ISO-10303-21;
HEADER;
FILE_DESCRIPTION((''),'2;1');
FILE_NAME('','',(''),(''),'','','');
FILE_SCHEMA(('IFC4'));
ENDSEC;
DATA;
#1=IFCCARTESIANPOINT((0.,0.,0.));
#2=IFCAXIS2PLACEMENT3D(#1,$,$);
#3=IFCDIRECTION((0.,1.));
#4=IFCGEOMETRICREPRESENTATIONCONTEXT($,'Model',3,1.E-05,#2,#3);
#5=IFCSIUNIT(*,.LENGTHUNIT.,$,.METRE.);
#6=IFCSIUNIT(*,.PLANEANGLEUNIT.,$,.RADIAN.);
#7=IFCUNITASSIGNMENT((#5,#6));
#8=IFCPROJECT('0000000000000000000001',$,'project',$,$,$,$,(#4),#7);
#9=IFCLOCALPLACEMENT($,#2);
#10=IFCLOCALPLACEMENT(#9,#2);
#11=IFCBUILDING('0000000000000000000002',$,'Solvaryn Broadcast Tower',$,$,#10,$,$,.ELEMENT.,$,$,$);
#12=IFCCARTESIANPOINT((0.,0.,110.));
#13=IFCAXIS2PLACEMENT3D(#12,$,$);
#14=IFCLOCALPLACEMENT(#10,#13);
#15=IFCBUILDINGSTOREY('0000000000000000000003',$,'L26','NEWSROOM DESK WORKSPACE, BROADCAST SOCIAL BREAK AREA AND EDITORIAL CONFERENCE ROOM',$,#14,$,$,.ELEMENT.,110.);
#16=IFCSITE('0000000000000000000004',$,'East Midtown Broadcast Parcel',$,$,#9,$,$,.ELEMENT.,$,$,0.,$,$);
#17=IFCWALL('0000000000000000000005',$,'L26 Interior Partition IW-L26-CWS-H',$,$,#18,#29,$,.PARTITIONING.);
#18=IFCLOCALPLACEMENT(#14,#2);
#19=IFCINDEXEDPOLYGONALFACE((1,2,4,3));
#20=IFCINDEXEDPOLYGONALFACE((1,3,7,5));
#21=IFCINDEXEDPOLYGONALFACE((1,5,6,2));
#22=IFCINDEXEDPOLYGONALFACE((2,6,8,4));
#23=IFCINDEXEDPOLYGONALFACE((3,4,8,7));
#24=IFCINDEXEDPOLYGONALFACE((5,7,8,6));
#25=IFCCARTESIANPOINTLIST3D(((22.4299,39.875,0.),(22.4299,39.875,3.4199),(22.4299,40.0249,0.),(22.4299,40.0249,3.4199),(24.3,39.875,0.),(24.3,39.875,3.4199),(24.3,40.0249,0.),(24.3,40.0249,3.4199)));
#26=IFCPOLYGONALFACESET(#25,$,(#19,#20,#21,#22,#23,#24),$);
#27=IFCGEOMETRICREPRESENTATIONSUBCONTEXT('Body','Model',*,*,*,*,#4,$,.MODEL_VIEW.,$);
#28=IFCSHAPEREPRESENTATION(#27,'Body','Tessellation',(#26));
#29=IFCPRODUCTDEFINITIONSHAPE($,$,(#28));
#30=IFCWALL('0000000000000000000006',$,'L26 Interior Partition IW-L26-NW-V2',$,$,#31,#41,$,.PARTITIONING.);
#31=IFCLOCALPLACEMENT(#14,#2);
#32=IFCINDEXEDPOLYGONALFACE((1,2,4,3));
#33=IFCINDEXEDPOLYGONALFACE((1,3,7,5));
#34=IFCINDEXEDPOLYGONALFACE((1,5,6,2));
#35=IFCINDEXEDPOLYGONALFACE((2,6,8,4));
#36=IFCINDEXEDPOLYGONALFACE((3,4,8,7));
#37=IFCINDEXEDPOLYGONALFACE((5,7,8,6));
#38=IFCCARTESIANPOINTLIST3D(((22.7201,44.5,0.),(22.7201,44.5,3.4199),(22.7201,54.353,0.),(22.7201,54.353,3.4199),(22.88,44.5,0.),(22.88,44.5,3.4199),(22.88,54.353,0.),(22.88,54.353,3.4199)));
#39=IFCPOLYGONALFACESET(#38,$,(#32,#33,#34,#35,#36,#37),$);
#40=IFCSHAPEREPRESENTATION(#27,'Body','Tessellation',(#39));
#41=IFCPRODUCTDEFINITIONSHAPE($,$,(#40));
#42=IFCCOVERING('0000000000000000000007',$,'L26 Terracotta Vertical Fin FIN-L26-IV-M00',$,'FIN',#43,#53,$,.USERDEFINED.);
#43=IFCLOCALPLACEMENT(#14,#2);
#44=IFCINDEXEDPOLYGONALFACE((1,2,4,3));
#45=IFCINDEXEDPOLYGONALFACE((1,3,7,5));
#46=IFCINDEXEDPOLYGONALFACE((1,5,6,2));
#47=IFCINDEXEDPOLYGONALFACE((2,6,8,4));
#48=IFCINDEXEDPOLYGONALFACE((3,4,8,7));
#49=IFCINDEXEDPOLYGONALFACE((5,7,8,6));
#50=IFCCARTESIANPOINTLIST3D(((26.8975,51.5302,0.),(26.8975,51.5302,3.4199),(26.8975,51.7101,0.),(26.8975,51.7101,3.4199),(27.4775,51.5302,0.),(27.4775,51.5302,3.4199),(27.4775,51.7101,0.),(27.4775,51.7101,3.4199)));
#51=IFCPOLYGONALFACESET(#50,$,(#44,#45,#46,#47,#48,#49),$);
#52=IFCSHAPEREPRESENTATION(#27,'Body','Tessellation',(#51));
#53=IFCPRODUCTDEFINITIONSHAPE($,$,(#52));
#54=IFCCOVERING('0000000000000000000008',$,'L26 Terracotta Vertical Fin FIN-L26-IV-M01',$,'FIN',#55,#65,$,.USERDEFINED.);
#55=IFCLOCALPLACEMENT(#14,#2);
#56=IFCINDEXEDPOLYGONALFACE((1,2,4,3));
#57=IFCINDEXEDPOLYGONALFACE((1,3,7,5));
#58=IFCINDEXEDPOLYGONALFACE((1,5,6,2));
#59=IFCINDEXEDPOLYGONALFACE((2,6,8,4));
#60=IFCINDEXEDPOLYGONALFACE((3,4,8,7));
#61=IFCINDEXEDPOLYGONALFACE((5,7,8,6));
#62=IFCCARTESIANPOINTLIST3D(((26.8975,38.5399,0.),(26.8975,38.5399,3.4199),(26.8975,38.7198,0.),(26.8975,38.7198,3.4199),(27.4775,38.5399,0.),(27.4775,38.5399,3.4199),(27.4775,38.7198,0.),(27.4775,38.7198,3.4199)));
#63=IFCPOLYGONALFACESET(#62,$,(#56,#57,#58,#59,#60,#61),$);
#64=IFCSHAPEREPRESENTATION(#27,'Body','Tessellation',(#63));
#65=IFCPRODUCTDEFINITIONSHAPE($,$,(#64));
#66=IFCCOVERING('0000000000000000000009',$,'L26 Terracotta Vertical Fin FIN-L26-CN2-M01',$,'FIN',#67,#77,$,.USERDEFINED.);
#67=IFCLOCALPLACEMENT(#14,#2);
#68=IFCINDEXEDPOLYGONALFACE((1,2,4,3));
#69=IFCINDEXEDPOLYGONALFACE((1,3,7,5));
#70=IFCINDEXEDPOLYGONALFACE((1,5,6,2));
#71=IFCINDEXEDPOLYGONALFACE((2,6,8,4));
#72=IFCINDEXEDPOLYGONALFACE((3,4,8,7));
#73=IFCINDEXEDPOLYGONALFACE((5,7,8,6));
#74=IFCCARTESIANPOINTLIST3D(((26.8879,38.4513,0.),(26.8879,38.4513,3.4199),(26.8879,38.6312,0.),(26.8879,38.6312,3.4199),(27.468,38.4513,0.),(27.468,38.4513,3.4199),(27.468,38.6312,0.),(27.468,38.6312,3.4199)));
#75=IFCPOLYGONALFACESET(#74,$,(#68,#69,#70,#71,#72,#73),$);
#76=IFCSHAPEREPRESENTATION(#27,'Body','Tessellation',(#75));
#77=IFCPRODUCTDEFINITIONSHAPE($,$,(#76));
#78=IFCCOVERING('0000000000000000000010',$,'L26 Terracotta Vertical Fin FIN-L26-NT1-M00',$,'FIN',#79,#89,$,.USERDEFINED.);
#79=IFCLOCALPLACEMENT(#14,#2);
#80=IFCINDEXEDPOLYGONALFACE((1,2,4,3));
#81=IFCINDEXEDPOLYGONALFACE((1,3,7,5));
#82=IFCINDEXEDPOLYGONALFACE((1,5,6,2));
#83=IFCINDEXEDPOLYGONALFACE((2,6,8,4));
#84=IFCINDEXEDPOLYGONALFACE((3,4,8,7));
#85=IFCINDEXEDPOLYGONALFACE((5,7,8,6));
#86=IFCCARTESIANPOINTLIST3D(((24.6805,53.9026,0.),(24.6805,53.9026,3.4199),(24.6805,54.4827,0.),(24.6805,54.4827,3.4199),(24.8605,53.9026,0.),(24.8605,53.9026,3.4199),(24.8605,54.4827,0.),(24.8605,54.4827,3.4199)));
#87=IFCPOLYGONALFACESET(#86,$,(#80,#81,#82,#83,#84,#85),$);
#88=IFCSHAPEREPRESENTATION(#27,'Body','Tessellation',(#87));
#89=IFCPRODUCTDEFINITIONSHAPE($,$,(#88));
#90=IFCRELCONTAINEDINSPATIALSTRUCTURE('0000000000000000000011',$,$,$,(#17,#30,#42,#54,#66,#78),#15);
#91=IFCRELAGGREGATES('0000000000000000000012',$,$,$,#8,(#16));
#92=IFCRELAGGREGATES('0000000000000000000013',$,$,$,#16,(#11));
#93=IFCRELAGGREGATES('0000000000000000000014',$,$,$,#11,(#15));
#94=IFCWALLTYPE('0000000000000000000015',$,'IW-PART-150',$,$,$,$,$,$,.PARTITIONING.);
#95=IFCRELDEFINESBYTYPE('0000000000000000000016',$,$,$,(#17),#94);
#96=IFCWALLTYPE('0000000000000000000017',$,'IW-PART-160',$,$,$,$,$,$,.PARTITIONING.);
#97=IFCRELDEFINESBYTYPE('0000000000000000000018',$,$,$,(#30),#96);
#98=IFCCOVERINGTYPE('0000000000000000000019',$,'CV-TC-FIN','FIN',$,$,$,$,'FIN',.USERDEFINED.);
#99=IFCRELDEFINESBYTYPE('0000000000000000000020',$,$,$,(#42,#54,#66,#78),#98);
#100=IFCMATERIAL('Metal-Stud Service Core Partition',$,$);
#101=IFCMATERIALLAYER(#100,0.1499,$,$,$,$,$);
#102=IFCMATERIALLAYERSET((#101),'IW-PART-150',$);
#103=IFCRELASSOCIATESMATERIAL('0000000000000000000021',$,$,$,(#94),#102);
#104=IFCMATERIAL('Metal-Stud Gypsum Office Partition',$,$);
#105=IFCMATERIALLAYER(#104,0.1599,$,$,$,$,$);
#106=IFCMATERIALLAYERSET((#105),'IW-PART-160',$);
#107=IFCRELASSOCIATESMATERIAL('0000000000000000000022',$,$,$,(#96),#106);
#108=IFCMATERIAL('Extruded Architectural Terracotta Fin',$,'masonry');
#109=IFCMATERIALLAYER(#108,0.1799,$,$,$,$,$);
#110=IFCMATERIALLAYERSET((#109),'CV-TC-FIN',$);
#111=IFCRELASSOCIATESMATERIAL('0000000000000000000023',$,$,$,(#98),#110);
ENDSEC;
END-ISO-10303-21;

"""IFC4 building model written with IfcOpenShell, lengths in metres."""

from ifc_helpers import new_model, si_unit, direction, frame, frame_2d, origin, origin_2d, place, context, subcontext, project, spatial, rectangle, extrude, material, layer, layer_set, type_object, element, save


model = new_model("IFC4")

# Units and contexts
model_context = context("Model", 3, precision=1e-05, world=origin(), true_north=direction((0.0, 1.0)))
body_context = subcontext(model_context, "Body", "Model", "MODEL_VIEW")
ifc_project = project(units=[si_unit("LENGTHUNIT", "METRE"), si_unit("PLANEANGLEUNIT", "RADIAN")], contexts=[model_context])

# Site, building, storey
site_placement = place(None, origin())
site = spatial("IfcSite", under=ifc_project, at=site_placement, Name="East Midtown Broadcast Parcel", CompositionType="ELEMENT", RefElevation=0.0)
building_placement = place(site_placement, origin())
building = spatial("IfcBuilding", under=site, at=building_placement, Name="Solvaryn Broadcast Tower", CompositionType="ELEMENT")
storey_placement = place(building_placement, frame((0.0, 0.0, 110.0)))
storey = spatial("IfcBuildingStorey", under=building, at=storey_placement, Name="L26", Description="NEWSROOM DESK WORKSPACE, BROADCAST SOCIAL BREAK AREA AND EDITORIAL CONFERENCE ROOM", CompositionType="ELEMENT", Elevation=110.0)

# Walls
ifc_material_1 = material(Name="Metal-Stud Service Core Partition")
ifc_layer_1 = layer(ifc_material_1, 0.1499)
ifc_layer_set_1 = layer_set([ifc_layer_1], Name="IW-PART-150")
wall_type_1 = type_object("IfcWallType", Name="IW-PART-150", PredefinedType="PARTITIONING", material=ifc_layer_set_1)
wall_1_placement = place(storey_placement, frame((22.4299, 39.95, 0.0), z_axis=(0.0, 0.0, 1.0), x_axis=(1.0, 0.0, 0.0)))
element("IfcWall", 1, at=wall_1_placement, inside=storey, type_object=wall_type_1, Name="L26 Interior Partition IW-L26-CWS-H", PredefinedType="PARTITIONING", context=body_context, shape_type="SweptSolid", body=[
    extrude(rectangle(XDim=1.8701, YDim=0.1499, at=frame_2d((0.9351, 0.0))), origin(), (0.0, 0.0, 1.0), 3.4199),
])
ifc_material_2 = material(Name="Metal-Stud Gypsum Office Partition")
ifc_layer_2 = layer(ifc_material_2, 0.1599)
ifc_layer_set_2 = layer_set([ifc_layer_2], Name="IW-PART-160")
wall_type_2 = type_object("IfcWallType", Name="IW-PART-160", PredefinedType="PARTITIONING", material=ifc_layer_set_2)
wall_2_placement = place(storey_placement, frame((22.8, 44.5, 0.0), z_axis=(0.0, 0.0, 1.0), x_axis=(0.0, 1.0, 0.0)))
element("IfcWall", 2, at=wall_2_placement, inside=storey, type_object=wall_type_2, Name="L26 Interior Partition IW-L26-NW-V2", PredefinedType="PARTITIONING", context=body_context, shape_type="SweptSolid", body=[
    extrude(rectangle(XDim=9.853, YDim=0.1599, at=frame_2d((4.9265, 0.0))), origin(), (0.0, 0.0, 1.0), 3.4199),
])

# Coverings
ifc_material_3 = material(Name="Extruded Architectural Terracotta Fin", Category="masonry")
ifc_layer_3 = layer(ifc_material_3, 0.1799)
ifc_layer_set_3 = layer_set([ifc_layer_3], Name="CV-TC-FIN")
covering_type = type_object("IfcCoveringType", Name="CV-TC-FIN", Description="FIN", ElementType="FIN", PredefinedType="USERDEFINED", material=ifc_layer_set_3)
for number, where, z_axis, x_axis, name in (
    (3, (27.1875, 51.6201, 0.0), (0.0, 0.0, 1.0), (1.0, 0.0, 0.0), "L26 Terracotta Vertical Fin FIN-L26-IV-M00"),
    (4, (27.1875, 38.6299, 0.0), (0.0, 0.0, 1.0), (1.0, 0.0, 0.0), "L26 Terracotta Vertical Fin FIN-L26-IV-M01"),
    (5, (27.178, 38.5413, 0.0), (0.0, 0.0, 1.0), (1.0, 0.0, 0.0), "L26 Terracotta Vertical Fin FIN-L26-CN2-M01"),
):
    element("IfcCovering", number, at=place(storey_placement, frame(where, z_axis=z_axis, x_axis=x_axis)), inside=storey, type_object=covering_type, Name=name, ObjectType="FIN", PredefinedType="USERDEFINED", context=body_context, shape_type="SweptSolid", body=[
        extrude(rectangle(XDim=0.5801, YDim=0.1799, at=origin_2d()), origin(), (0.0, 0.0, 1.0), 3.4199),
    ])
covering_placement = place(storey_placement, frame((24.7705, 54.1926, 0.0), z_axis=(0.0, 0.0, 1.0), x_axis=(1.0, 0.0, 0.0)))
element("IfcCovering", 6, at=covering_placement, inside=storey, type_object=covering_type, Name="L26 Terracotta Vertical Fin FIN-L26-NT1-M00", ObjectType="FIN", PredefinedType="USERDEFINED", context=body_context, shape_type="SweptSolid", body=[
    extrude(rectangle(XDim=0.1799, YDim=0.5801, at=origin_2d()), origin(), (0.0, 0.0, 1.0), 3.4199),
])

save(model, "model.ifc")
